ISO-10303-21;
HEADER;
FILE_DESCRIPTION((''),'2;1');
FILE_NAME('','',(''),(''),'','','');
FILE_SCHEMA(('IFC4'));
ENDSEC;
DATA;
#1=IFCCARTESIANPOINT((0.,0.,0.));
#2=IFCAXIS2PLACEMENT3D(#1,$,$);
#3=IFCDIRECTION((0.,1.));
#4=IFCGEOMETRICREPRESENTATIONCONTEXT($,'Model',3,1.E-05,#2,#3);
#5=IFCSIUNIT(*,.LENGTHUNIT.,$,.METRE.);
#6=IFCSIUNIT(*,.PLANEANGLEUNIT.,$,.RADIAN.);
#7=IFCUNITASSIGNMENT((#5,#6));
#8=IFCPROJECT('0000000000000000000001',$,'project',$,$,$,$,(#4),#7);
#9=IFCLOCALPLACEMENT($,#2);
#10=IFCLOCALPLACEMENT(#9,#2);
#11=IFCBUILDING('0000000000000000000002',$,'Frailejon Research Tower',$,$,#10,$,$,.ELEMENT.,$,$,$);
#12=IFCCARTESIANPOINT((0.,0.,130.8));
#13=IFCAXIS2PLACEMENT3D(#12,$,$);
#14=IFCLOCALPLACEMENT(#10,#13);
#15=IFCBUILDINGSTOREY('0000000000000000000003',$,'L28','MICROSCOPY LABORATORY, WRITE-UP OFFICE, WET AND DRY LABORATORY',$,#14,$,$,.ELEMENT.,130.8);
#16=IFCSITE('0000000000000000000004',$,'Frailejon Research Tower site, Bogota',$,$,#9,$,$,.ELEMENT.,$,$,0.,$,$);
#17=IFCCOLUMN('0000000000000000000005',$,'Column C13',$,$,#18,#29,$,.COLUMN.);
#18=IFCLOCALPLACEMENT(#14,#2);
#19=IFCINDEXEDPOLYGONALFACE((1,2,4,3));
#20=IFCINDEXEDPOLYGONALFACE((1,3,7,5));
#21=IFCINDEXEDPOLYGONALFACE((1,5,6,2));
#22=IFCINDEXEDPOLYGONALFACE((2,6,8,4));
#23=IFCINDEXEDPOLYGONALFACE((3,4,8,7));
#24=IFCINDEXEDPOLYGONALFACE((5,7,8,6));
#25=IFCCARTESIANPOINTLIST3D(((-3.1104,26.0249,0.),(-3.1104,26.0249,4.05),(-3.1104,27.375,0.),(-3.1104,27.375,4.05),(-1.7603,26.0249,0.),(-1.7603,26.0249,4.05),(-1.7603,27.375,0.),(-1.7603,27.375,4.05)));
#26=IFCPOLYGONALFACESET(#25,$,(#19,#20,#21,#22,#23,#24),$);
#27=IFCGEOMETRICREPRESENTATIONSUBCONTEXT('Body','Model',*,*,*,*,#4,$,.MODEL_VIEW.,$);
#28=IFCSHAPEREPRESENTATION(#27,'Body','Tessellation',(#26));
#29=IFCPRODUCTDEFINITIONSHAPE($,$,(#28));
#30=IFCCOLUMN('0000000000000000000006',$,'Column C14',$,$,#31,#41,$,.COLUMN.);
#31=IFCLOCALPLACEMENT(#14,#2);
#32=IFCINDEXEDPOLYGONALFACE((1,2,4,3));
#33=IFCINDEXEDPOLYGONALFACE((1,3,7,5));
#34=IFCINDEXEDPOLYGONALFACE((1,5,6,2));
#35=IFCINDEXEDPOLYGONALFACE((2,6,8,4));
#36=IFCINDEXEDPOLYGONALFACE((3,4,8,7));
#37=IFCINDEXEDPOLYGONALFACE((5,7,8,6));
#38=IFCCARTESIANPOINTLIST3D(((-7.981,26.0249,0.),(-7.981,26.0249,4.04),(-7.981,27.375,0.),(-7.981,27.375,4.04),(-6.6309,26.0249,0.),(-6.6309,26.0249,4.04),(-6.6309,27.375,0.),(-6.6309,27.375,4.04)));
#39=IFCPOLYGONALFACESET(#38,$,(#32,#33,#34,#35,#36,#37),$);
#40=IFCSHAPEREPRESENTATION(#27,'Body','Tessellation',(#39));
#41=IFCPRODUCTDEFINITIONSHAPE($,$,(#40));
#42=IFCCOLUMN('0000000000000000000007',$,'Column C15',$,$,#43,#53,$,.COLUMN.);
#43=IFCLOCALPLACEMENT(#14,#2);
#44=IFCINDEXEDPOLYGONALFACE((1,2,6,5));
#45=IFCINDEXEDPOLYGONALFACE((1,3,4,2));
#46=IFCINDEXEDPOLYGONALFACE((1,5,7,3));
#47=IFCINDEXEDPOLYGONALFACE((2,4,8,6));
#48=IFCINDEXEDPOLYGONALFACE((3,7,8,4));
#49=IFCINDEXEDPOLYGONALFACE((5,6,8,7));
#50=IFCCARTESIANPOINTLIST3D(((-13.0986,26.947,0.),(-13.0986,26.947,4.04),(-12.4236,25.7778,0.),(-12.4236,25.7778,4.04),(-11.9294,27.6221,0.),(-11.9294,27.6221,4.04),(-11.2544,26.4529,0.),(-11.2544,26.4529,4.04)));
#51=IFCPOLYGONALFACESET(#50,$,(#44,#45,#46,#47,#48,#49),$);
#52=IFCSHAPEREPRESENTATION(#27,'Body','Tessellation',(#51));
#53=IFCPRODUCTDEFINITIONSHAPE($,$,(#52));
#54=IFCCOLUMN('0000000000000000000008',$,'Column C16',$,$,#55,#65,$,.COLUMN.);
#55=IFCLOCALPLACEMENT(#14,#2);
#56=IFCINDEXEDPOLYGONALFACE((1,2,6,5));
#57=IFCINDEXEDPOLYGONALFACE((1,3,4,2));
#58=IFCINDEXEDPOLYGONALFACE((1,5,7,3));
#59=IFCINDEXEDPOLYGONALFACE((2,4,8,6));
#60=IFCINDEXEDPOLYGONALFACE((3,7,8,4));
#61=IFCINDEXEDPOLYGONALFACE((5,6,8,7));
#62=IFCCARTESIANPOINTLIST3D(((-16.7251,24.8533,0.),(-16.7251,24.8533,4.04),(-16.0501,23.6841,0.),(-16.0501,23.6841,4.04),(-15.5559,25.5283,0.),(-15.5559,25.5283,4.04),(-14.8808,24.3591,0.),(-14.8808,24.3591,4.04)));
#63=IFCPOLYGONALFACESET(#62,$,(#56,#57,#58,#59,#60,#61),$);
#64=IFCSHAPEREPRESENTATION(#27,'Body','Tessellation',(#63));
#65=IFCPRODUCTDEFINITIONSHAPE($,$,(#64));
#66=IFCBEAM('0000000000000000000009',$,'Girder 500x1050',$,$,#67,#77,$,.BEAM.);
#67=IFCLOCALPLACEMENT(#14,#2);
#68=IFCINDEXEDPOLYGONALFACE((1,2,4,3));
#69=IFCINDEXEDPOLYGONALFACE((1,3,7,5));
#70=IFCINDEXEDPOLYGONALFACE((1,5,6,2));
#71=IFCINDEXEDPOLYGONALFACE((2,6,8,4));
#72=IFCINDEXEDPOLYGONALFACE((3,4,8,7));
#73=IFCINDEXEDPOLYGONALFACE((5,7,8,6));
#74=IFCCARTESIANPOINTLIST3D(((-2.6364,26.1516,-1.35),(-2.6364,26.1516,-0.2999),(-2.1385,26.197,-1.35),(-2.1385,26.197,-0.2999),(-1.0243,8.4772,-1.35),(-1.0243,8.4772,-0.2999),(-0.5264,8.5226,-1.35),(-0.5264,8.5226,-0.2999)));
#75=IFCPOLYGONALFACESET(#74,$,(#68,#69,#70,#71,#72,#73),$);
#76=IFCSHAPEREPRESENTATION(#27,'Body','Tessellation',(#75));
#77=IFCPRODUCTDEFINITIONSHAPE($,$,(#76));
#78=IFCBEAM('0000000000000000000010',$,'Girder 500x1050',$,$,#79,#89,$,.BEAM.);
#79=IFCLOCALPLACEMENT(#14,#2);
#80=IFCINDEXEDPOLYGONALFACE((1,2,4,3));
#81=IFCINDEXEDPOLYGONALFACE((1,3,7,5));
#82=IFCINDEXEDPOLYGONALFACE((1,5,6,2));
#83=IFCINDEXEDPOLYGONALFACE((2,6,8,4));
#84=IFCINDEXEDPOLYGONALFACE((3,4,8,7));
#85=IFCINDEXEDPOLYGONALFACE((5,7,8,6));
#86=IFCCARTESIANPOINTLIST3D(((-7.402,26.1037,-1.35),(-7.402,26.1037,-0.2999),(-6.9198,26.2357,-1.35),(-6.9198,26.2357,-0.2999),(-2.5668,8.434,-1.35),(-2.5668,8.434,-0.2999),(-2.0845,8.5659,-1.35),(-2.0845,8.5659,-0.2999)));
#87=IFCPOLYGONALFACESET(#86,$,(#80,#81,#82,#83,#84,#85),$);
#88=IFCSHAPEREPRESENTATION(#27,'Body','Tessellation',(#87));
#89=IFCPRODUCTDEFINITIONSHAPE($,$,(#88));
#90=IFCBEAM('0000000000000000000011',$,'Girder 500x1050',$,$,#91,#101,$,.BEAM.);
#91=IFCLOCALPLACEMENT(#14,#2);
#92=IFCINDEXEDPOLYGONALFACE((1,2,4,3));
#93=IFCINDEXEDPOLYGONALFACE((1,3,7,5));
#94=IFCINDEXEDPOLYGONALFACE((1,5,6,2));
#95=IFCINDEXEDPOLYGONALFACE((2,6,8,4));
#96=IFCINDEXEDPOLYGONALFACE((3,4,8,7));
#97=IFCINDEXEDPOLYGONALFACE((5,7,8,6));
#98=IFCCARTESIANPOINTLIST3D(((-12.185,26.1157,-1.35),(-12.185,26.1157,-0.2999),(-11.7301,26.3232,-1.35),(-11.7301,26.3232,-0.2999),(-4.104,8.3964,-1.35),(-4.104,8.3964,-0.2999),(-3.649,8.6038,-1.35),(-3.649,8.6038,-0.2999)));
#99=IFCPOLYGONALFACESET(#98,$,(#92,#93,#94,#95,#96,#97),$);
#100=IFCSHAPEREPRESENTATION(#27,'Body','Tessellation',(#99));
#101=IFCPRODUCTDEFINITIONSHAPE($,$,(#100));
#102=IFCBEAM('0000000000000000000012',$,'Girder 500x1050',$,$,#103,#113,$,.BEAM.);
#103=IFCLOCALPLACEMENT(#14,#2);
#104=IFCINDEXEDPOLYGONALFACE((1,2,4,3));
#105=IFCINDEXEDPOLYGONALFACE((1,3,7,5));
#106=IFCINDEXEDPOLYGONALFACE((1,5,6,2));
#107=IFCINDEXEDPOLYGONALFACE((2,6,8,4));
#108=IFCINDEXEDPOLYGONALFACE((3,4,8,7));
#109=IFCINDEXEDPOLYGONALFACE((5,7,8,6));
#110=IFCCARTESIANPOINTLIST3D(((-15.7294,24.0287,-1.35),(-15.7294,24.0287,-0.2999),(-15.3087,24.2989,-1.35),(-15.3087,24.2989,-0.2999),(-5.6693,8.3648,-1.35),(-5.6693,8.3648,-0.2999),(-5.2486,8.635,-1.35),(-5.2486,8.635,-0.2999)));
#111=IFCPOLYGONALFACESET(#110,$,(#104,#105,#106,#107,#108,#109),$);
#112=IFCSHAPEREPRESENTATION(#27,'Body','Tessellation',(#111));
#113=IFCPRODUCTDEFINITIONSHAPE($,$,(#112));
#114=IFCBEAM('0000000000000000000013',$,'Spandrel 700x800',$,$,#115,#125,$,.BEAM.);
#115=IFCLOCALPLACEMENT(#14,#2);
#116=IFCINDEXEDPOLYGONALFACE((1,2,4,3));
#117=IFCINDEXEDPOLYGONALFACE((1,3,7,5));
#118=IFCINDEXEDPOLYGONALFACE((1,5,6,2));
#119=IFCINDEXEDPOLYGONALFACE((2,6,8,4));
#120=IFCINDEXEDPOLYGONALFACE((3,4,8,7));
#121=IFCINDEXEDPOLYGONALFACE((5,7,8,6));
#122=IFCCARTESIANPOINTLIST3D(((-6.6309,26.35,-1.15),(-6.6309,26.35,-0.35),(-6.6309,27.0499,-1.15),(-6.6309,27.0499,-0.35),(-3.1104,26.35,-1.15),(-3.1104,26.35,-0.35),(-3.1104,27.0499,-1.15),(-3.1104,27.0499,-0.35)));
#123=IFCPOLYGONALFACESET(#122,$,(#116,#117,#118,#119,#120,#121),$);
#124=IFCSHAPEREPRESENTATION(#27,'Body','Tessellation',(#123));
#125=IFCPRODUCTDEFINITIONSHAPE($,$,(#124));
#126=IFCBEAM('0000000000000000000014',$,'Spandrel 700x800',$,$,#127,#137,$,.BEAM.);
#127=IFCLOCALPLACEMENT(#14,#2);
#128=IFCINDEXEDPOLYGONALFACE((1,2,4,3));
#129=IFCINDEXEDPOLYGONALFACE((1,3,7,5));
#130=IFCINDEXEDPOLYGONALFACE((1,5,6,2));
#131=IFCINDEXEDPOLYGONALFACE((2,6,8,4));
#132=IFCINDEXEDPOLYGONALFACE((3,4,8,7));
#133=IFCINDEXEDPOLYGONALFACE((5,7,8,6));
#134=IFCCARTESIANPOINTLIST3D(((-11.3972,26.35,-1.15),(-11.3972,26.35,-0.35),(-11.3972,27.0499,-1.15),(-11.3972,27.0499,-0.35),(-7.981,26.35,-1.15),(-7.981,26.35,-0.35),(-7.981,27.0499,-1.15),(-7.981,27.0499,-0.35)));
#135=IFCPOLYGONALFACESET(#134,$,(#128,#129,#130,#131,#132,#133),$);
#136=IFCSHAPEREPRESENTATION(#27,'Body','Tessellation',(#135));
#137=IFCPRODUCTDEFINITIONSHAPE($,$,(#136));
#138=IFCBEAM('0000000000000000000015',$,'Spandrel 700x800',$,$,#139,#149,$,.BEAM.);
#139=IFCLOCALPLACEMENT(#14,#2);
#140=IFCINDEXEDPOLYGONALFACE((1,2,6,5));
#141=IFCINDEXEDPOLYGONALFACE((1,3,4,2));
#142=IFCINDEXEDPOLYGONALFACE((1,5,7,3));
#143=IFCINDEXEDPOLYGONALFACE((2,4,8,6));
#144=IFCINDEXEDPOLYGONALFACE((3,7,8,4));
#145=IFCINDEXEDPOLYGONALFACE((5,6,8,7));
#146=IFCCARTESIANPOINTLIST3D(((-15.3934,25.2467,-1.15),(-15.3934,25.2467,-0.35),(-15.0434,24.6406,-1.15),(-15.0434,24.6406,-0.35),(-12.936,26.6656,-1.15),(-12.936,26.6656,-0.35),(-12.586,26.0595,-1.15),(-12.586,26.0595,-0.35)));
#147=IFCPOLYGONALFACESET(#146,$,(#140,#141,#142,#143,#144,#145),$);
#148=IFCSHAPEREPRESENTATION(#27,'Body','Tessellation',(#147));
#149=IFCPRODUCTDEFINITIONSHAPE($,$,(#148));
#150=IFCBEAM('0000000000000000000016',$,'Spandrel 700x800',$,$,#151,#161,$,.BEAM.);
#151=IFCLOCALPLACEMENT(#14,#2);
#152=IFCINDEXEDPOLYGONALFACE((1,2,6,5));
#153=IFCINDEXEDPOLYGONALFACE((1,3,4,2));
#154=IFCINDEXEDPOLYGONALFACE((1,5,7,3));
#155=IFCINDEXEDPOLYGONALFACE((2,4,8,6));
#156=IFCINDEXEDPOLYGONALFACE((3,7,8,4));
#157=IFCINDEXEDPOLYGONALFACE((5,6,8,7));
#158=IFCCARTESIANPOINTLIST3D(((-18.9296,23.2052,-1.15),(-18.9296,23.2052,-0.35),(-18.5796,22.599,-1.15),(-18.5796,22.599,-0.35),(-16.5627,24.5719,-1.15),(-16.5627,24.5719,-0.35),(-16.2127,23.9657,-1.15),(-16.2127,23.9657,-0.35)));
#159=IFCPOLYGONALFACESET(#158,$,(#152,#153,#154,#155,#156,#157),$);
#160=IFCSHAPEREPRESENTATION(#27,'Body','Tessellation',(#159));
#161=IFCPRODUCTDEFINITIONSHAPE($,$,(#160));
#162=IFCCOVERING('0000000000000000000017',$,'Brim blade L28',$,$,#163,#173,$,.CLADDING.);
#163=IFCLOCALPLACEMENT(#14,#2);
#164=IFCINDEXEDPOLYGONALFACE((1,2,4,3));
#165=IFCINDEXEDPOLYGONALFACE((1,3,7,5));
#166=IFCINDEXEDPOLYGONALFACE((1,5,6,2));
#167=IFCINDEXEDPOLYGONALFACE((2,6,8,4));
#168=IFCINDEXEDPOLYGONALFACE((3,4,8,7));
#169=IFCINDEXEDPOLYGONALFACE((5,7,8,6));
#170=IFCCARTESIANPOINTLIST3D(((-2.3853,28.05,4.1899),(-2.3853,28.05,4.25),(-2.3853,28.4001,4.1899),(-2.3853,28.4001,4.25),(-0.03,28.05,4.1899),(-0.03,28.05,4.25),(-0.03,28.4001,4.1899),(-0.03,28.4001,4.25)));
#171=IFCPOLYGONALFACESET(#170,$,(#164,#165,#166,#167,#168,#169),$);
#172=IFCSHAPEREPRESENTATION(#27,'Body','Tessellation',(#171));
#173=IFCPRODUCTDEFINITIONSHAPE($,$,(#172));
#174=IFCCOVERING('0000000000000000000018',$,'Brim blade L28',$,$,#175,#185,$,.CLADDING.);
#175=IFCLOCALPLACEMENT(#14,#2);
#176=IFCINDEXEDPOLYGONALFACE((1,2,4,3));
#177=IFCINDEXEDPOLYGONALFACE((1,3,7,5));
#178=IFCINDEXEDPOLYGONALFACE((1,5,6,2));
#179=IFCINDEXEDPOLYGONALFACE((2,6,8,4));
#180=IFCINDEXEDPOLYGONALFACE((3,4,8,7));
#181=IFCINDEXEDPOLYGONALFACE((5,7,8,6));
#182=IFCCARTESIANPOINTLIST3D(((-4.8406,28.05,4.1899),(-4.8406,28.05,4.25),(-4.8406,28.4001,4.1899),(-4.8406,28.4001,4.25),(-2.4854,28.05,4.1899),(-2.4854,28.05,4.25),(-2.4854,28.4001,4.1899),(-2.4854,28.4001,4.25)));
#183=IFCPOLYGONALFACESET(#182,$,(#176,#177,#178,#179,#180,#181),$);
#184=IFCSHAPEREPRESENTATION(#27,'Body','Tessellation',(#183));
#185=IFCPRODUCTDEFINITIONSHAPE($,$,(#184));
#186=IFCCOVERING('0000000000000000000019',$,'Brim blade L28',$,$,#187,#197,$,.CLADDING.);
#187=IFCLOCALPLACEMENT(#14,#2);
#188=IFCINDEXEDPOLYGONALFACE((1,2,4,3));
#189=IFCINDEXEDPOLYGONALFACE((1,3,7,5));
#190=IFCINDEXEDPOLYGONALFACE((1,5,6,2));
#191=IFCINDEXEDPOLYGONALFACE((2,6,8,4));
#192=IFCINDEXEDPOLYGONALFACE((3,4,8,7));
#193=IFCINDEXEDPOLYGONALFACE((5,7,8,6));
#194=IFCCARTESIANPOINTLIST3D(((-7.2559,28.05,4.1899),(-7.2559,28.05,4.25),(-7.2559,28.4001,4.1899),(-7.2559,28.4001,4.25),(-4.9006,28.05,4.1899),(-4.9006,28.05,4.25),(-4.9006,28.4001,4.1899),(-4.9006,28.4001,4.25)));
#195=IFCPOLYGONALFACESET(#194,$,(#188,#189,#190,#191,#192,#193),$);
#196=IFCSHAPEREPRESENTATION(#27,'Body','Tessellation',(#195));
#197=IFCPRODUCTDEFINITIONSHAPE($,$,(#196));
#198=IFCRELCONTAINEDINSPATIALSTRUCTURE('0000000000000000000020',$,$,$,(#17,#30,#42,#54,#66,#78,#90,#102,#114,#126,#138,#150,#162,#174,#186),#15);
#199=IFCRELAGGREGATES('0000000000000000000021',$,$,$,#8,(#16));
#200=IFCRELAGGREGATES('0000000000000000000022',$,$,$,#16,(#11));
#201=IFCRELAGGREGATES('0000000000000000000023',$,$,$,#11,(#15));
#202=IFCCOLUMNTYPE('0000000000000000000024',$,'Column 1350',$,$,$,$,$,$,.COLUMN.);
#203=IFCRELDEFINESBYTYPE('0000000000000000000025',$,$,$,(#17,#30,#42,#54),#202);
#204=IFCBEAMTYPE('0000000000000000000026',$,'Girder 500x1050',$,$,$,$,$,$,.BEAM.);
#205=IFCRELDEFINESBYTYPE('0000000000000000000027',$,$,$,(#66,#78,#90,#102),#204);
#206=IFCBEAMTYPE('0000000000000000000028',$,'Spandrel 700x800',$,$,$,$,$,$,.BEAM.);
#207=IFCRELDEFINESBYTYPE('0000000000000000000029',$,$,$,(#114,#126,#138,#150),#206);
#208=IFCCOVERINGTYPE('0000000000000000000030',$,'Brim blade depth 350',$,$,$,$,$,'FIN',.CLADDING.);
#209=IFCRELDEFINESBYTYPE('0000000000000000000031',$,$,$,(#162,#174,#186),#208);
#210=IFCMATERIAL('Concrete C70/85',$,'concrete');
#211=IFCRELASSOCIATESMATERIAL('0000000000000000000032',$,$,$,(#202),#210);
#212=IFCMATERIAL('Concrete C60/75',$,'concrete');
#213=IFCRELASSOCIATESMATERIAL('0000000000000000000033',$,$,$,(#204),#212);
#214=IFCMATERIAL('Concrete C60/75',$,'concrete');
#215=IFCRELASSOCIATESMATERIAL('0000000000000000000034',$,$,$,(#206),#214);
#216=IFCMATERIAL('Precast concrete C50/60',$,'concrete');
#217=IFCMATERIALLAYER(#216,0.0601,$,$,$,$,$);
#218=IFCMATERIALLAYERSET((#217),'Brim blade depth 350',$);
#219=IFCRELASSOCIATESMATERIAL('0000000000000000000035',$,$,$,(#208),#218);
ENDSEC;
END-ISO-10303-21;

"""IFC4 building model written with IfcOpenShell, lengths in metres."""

from ifc_helpers import new_model, si_unit, direction, frame, origin, origin_2d, place, context, subcontext, project, spatial, polyline, rectangle, outline, extrude, material, layer, layer_set, material_profile, profile_set, type_object, element, save


model = new_model("IFC4")

# Units and contexts
model_context = context("Model", 3, precision=1e-05, world=origin(), true_north=direction((0.0, 1.0)))
body_context = subcontext(model_context, "Body", "Model", "MODEL_VIEW")
ifc_project = project(units=[si_unit("LENGTHUNIT", "METRE"), si_unit("PLANEANGLEUNIT", "RADIAN")], contexts=[model_context])

# Site, building, storey
site_placement = place(None, origin())
site = spatial("IfcSite", under=ifc_project, at=site_placement, Name="Frailejon Research Tower site, Bogota", CompositionType="ELEMENT", RefElevation=0.0)
building_placement = place(site_placement, origin())
building = spatial("IfcBuilding", under=site, at=building_placement, Name="Frailejon Research Tower", CompositionType="ELEMENT")
storey_placement = place(building_placement, frame((0.0, 0.0, 130.8)))
storey = spatial("IfcBuildingStorey", under=building, at=storey_placement, Name="L28", Description="MICROSCOPY LABORATORY, WRITE-UP OFFICE, WET AND DRY LABORATORY", CompositionType="ELEMENT", Elevation=130.8)

# Columns
ifc_material_1 = material(Name="Concrete C70/85", Category="concrete")
ifc_material_profile_1 = material_profile(ifc_material_1, rectangle(XDim=1.3501, YDim=1.3501, at=origin_2d()), Name="Column 1350")
ifc_profile_set_1 = profile_set([ifc_material_profile_1], Name="Concrete C70/85")
column_type = type_object("IfcColumnType", Name="Column 1350", PredefinedType="COLUMN", material=ifc_profile_set_1)
column_placement = place(storey_placement, frame((-2.4353, 26.7, 0.0), z_axis=(0.0, 0.0, 1.0), x_axis=(-1.0, 0.0, 0.0)))
element("IfcColumn", 1, at=column_placement, inside=storey, type_object=column_type, Name="Column C13", PredefinedType="COLUMN", context=body_context, shape_type="SweptSolid", body=[
    extrude(rectangle(XDim=1.3501, YDim=1.3501, at=origin_2d()), origin(), (0.0, 0.0, 1.0), 4.05),
])
for number, where, z_axis, x_axis, name in (
    (2, (-7.3059, 26.7, 0.0), (0.0, 0.0, 1.0), (-1.0, 0.0, 0.0), "Column C14"),
    (3, (-12.1765, 26.7, 0.0), (0.0, 0.0, 1.0), (-0.866025, -0.5, 0.0), "Column C15"),
    (4, (-15.803, 24.6062, 0.0), (0.0, 0.0, 1.0), (-0.866025, -0.5, 0.0), "Column C16"),
):
    element("IfcColumn", number, at=place(storey_placement, frame(where, z_axis=z_axis, x_axis=x_axis)), inside=storey, type_object=column_type, Name=name, PredefinedType="COLUMN", context=body_context, shape_type="SweptSolid", body=[
        extrude(rectangle(XDim=1.3501, YDim=1.3501, at=origin_2d()), origin(), (0.0, 0.0, 1.0), 4.04),
    ])

# Beams
ifc_material_2 = material(Name="Concrete C60/75", Category="concrete")
ifc_material_profile_2 = material_profile(ifc_material_2, rectangle(XDim=0.5, YDim=1.05, at=origin_2d()), Name="Girder 500x1050")
ifc_profile_set_2 = profile_set([ifc_material_profile_2], Name="Concrete C60/75")
beam_type_1 = type_object("IfcBeamType", Name="Girder 500x1050", PredefinedType="BEAM", material=ifc_profile_set_2)
beam_1_placement = place(storey_placement, frame((-2.3875, 26.1743, -0.825), z_axis=(0.090832, -0.995866, 0.0), x_axis=(0.995866, 0.090832, 0.0)))
element("IfcBeam", 5, at=beam_1_placement, inside=storey, type_object=beam_type_1, Name="Girder 500x1050", PredefinedType="BEAM", context=body_context, shape_type="SweptSolid", body=[
    extrude(rectangle(XDim=0.5, YDim=1.05, at=origin_2d()), origin(), (0.0, 0.0, 1.0), 17.7478),
])
beam_2_placement = place(storey_placement, frame((-7.1609, 26.1697, -0.825), z_axis=(0.263941, -0.964539, 0.0), x_axis=(0.964539, 0.263941, 0.0)))
element("IfcBeam", 6, at=beam_2_placement, inside=storey, type_object=beam_type_1, Name="Girder 500x1050", PredefinedType="BEAM", context=body_context, shape_type="SweptSolid", body=[
    extrude(rectangle(XDim=0.5, YDim=1.05, at=origin_2d()), origin(), (0.0, 0.0, 1.0), 18.3193),
])
beam_3_placement = place(storey_placement, frame((-11.9575, 26.2195, -0.825), z_axis=(0.414941, -0.909848, 0.0), x_axis=(0.909848, 0.414941, 0.0)))
element("IfcBeam", 7, at=beam_3_placement, inside=storey, type_object=beam_type_1, Name="Girder 500x1050", PredefinedType="BEAM", context=body_context, shape_type="SweptSolid", body=[
    extrude(rectangle(XDim=0.5, YDim=1.05, at=origin_2d()), origin(), (0.0, 0.0, 1.0), 19.4751),
])
beam_4_placement = place(storey_placement, frame((-15.519, 24.1638, -0.825), z_axis=(0.540395, -0.841411, 0.0), x_axis=(0.841411, 0.540395, 0.0)))
element("IfcBeam", 8, at=beam_4_placement, inside=storey, type_object=beam_type_1, Name="Girder 500x1050", PredefinedType="BEAM", context=body_context, shape_type="SweptSolid", body=[
    extrude(rectangle(XDim=0.5, YDim=1.05, at=origin_2d()), origin(), (0.0, 0.0, 1.0), 18.6162),
])
ifc_material_3 = material(Name="Concrete C60/75", Category="concrete")
ifc_material_profile_3 = material_profile(ifc_material_3, rectangle(XDim=0.7, YDim=0.8, at=origin_2d()), Name="Spandrel 700x800")
ifc_profile_set_3 = profile_set([ifc_material_profile_3], Name="Concrete C60/75")
beam_type_2 = type_object("IfcBeamType", Name="Spandrel 700x800", PredefinedType="BEAM", material=ifc_profile_set_3)
beam_5_placement = place(storey_placement, frame((-3.1104, 26.7, -0.75), z_axis=(-1.0, 0.0, 0.0), x_axis=(0.0, -1.0, 0.0)))
element("IfcBeam", 9, at=beam_5_placement, inside=storey, type_object=beam_type_2, Name="Spandrel 700x800", PredefinedType="BEAM", context=body_context, shape_type="SweptSolid", body=[
    extrude(rectangle(XDim=0.7, YDim=0.8, at=origin_2d()), origin(), (0.0, 0.0, 1.0), 3.5205),
])
beam_6_placement = place(storey_placement, frame((-7.981, 26.7, -0.75), z_axis=(-1.0, 0.0, 0.0), x_axis=(0.0, -1.0, 0.0)))
element("IfcBeam", 10, at=beam_6_placement, inside=storey, type_object=beam_type_2, Name="Spandrel 700x800", PredefinedType="BEAM", context=body_context, shape_type="SweptSolid", body=[
    extrude(rectangle(XDim=0.7, YDim=0.8, at=origin_2d()), origin(), (0.0, 0.0, 1.0), 3.4163),
])
beam_7_placement = place(storey_placement, frame((-12.761, 26.3625, -0.75), z_axis=(-0.866011, -0.500025, 0.0), x_axis=(0.500025, -0.866011, 0.0)))
element("IfcBeam", 11, at=beam_7_placement, inside=storey, type_object=beam_type_2, Name="Spandrel 700x800", PredefinedType="BEAM", context=body_context, shape_type="SweptSolid", body=[
    extrude(rectangle(XDim=0.7, YDim=0.8, at=origin_2d()), origin(), (0.0, 0.0, 1.0), 2.8376),
])
beam_8_placement = place(storey_placement, frame((-16.3877, 24.2688, -0.75), z_axis=(-0.866003, -0.500039, 0.0), x_axis=(0.500039, -0.866003, 0.0)))
element("IfcBeam", 12, at=beam_8_placement, inside=storey, type_object=beam_type_2, Name="Spandrel 700x800", PredefinedType="BEAM", context=body_context, shape_type="SweptSolid", body=[
    extrude(rectangle(XDim=0.7, YDim=0.8, at=origin_2d()), origin(), (0.0, 0.0, 1.0), 2.7332),
])

# Coverings
ifc_material_4 = material(Name="Precast concrete C50/60", Category="concrete")
ifc_layer_1 = layer(ifc_material_4, 0.0601)
ifc_layer_set_1 = layer_set([ifc_layer_1], Name="Brim blade depth 350")
covering_type_1 = type_object("IfcCoveringType", Name="Brim blade depth 350", ElementType="FIN", PredefinedType="CLADDING", material=ifc_layer_set_1)
for number, where, z_axis, x_axis, name in (
    (13, (-2.3853, 28.05, 4.25), (1.0, 0.0, 0.0), (0.0, 1.0, 0.0), "Brim blade L28"),
    (14, (-4.8406, 28.05, 4.25), (1.0, 0.0, 0.0), (0.0, 1.0, 0.0), "Brim blade L28"),
    (15, (-7.2559, 28.05, 4.25), (1.0, 0.0, 0.0), (0.0, 1.0, 0.0), "Brim blade L28"),
):
    element("IfcCovering", number, at=place(storey_placement, frame(where, z_axis=z_axis, x_axis=x_axis)), inside=storey, type_object=covering_type_1, Name=name, PredefinedType="CLADDING", context=body_context, shape_type="SweptSolid", body=[
        extrude(outline(polyline([(0.0, -0.0601), (0.3501, -0.0601), (0.3501, 0.0), (0.0, 0.0), (0.0, -0.0601)])), origin(), (0.0, 0.0, 1.0), 2.3552),
    ])

save(model, "model.ifc")
